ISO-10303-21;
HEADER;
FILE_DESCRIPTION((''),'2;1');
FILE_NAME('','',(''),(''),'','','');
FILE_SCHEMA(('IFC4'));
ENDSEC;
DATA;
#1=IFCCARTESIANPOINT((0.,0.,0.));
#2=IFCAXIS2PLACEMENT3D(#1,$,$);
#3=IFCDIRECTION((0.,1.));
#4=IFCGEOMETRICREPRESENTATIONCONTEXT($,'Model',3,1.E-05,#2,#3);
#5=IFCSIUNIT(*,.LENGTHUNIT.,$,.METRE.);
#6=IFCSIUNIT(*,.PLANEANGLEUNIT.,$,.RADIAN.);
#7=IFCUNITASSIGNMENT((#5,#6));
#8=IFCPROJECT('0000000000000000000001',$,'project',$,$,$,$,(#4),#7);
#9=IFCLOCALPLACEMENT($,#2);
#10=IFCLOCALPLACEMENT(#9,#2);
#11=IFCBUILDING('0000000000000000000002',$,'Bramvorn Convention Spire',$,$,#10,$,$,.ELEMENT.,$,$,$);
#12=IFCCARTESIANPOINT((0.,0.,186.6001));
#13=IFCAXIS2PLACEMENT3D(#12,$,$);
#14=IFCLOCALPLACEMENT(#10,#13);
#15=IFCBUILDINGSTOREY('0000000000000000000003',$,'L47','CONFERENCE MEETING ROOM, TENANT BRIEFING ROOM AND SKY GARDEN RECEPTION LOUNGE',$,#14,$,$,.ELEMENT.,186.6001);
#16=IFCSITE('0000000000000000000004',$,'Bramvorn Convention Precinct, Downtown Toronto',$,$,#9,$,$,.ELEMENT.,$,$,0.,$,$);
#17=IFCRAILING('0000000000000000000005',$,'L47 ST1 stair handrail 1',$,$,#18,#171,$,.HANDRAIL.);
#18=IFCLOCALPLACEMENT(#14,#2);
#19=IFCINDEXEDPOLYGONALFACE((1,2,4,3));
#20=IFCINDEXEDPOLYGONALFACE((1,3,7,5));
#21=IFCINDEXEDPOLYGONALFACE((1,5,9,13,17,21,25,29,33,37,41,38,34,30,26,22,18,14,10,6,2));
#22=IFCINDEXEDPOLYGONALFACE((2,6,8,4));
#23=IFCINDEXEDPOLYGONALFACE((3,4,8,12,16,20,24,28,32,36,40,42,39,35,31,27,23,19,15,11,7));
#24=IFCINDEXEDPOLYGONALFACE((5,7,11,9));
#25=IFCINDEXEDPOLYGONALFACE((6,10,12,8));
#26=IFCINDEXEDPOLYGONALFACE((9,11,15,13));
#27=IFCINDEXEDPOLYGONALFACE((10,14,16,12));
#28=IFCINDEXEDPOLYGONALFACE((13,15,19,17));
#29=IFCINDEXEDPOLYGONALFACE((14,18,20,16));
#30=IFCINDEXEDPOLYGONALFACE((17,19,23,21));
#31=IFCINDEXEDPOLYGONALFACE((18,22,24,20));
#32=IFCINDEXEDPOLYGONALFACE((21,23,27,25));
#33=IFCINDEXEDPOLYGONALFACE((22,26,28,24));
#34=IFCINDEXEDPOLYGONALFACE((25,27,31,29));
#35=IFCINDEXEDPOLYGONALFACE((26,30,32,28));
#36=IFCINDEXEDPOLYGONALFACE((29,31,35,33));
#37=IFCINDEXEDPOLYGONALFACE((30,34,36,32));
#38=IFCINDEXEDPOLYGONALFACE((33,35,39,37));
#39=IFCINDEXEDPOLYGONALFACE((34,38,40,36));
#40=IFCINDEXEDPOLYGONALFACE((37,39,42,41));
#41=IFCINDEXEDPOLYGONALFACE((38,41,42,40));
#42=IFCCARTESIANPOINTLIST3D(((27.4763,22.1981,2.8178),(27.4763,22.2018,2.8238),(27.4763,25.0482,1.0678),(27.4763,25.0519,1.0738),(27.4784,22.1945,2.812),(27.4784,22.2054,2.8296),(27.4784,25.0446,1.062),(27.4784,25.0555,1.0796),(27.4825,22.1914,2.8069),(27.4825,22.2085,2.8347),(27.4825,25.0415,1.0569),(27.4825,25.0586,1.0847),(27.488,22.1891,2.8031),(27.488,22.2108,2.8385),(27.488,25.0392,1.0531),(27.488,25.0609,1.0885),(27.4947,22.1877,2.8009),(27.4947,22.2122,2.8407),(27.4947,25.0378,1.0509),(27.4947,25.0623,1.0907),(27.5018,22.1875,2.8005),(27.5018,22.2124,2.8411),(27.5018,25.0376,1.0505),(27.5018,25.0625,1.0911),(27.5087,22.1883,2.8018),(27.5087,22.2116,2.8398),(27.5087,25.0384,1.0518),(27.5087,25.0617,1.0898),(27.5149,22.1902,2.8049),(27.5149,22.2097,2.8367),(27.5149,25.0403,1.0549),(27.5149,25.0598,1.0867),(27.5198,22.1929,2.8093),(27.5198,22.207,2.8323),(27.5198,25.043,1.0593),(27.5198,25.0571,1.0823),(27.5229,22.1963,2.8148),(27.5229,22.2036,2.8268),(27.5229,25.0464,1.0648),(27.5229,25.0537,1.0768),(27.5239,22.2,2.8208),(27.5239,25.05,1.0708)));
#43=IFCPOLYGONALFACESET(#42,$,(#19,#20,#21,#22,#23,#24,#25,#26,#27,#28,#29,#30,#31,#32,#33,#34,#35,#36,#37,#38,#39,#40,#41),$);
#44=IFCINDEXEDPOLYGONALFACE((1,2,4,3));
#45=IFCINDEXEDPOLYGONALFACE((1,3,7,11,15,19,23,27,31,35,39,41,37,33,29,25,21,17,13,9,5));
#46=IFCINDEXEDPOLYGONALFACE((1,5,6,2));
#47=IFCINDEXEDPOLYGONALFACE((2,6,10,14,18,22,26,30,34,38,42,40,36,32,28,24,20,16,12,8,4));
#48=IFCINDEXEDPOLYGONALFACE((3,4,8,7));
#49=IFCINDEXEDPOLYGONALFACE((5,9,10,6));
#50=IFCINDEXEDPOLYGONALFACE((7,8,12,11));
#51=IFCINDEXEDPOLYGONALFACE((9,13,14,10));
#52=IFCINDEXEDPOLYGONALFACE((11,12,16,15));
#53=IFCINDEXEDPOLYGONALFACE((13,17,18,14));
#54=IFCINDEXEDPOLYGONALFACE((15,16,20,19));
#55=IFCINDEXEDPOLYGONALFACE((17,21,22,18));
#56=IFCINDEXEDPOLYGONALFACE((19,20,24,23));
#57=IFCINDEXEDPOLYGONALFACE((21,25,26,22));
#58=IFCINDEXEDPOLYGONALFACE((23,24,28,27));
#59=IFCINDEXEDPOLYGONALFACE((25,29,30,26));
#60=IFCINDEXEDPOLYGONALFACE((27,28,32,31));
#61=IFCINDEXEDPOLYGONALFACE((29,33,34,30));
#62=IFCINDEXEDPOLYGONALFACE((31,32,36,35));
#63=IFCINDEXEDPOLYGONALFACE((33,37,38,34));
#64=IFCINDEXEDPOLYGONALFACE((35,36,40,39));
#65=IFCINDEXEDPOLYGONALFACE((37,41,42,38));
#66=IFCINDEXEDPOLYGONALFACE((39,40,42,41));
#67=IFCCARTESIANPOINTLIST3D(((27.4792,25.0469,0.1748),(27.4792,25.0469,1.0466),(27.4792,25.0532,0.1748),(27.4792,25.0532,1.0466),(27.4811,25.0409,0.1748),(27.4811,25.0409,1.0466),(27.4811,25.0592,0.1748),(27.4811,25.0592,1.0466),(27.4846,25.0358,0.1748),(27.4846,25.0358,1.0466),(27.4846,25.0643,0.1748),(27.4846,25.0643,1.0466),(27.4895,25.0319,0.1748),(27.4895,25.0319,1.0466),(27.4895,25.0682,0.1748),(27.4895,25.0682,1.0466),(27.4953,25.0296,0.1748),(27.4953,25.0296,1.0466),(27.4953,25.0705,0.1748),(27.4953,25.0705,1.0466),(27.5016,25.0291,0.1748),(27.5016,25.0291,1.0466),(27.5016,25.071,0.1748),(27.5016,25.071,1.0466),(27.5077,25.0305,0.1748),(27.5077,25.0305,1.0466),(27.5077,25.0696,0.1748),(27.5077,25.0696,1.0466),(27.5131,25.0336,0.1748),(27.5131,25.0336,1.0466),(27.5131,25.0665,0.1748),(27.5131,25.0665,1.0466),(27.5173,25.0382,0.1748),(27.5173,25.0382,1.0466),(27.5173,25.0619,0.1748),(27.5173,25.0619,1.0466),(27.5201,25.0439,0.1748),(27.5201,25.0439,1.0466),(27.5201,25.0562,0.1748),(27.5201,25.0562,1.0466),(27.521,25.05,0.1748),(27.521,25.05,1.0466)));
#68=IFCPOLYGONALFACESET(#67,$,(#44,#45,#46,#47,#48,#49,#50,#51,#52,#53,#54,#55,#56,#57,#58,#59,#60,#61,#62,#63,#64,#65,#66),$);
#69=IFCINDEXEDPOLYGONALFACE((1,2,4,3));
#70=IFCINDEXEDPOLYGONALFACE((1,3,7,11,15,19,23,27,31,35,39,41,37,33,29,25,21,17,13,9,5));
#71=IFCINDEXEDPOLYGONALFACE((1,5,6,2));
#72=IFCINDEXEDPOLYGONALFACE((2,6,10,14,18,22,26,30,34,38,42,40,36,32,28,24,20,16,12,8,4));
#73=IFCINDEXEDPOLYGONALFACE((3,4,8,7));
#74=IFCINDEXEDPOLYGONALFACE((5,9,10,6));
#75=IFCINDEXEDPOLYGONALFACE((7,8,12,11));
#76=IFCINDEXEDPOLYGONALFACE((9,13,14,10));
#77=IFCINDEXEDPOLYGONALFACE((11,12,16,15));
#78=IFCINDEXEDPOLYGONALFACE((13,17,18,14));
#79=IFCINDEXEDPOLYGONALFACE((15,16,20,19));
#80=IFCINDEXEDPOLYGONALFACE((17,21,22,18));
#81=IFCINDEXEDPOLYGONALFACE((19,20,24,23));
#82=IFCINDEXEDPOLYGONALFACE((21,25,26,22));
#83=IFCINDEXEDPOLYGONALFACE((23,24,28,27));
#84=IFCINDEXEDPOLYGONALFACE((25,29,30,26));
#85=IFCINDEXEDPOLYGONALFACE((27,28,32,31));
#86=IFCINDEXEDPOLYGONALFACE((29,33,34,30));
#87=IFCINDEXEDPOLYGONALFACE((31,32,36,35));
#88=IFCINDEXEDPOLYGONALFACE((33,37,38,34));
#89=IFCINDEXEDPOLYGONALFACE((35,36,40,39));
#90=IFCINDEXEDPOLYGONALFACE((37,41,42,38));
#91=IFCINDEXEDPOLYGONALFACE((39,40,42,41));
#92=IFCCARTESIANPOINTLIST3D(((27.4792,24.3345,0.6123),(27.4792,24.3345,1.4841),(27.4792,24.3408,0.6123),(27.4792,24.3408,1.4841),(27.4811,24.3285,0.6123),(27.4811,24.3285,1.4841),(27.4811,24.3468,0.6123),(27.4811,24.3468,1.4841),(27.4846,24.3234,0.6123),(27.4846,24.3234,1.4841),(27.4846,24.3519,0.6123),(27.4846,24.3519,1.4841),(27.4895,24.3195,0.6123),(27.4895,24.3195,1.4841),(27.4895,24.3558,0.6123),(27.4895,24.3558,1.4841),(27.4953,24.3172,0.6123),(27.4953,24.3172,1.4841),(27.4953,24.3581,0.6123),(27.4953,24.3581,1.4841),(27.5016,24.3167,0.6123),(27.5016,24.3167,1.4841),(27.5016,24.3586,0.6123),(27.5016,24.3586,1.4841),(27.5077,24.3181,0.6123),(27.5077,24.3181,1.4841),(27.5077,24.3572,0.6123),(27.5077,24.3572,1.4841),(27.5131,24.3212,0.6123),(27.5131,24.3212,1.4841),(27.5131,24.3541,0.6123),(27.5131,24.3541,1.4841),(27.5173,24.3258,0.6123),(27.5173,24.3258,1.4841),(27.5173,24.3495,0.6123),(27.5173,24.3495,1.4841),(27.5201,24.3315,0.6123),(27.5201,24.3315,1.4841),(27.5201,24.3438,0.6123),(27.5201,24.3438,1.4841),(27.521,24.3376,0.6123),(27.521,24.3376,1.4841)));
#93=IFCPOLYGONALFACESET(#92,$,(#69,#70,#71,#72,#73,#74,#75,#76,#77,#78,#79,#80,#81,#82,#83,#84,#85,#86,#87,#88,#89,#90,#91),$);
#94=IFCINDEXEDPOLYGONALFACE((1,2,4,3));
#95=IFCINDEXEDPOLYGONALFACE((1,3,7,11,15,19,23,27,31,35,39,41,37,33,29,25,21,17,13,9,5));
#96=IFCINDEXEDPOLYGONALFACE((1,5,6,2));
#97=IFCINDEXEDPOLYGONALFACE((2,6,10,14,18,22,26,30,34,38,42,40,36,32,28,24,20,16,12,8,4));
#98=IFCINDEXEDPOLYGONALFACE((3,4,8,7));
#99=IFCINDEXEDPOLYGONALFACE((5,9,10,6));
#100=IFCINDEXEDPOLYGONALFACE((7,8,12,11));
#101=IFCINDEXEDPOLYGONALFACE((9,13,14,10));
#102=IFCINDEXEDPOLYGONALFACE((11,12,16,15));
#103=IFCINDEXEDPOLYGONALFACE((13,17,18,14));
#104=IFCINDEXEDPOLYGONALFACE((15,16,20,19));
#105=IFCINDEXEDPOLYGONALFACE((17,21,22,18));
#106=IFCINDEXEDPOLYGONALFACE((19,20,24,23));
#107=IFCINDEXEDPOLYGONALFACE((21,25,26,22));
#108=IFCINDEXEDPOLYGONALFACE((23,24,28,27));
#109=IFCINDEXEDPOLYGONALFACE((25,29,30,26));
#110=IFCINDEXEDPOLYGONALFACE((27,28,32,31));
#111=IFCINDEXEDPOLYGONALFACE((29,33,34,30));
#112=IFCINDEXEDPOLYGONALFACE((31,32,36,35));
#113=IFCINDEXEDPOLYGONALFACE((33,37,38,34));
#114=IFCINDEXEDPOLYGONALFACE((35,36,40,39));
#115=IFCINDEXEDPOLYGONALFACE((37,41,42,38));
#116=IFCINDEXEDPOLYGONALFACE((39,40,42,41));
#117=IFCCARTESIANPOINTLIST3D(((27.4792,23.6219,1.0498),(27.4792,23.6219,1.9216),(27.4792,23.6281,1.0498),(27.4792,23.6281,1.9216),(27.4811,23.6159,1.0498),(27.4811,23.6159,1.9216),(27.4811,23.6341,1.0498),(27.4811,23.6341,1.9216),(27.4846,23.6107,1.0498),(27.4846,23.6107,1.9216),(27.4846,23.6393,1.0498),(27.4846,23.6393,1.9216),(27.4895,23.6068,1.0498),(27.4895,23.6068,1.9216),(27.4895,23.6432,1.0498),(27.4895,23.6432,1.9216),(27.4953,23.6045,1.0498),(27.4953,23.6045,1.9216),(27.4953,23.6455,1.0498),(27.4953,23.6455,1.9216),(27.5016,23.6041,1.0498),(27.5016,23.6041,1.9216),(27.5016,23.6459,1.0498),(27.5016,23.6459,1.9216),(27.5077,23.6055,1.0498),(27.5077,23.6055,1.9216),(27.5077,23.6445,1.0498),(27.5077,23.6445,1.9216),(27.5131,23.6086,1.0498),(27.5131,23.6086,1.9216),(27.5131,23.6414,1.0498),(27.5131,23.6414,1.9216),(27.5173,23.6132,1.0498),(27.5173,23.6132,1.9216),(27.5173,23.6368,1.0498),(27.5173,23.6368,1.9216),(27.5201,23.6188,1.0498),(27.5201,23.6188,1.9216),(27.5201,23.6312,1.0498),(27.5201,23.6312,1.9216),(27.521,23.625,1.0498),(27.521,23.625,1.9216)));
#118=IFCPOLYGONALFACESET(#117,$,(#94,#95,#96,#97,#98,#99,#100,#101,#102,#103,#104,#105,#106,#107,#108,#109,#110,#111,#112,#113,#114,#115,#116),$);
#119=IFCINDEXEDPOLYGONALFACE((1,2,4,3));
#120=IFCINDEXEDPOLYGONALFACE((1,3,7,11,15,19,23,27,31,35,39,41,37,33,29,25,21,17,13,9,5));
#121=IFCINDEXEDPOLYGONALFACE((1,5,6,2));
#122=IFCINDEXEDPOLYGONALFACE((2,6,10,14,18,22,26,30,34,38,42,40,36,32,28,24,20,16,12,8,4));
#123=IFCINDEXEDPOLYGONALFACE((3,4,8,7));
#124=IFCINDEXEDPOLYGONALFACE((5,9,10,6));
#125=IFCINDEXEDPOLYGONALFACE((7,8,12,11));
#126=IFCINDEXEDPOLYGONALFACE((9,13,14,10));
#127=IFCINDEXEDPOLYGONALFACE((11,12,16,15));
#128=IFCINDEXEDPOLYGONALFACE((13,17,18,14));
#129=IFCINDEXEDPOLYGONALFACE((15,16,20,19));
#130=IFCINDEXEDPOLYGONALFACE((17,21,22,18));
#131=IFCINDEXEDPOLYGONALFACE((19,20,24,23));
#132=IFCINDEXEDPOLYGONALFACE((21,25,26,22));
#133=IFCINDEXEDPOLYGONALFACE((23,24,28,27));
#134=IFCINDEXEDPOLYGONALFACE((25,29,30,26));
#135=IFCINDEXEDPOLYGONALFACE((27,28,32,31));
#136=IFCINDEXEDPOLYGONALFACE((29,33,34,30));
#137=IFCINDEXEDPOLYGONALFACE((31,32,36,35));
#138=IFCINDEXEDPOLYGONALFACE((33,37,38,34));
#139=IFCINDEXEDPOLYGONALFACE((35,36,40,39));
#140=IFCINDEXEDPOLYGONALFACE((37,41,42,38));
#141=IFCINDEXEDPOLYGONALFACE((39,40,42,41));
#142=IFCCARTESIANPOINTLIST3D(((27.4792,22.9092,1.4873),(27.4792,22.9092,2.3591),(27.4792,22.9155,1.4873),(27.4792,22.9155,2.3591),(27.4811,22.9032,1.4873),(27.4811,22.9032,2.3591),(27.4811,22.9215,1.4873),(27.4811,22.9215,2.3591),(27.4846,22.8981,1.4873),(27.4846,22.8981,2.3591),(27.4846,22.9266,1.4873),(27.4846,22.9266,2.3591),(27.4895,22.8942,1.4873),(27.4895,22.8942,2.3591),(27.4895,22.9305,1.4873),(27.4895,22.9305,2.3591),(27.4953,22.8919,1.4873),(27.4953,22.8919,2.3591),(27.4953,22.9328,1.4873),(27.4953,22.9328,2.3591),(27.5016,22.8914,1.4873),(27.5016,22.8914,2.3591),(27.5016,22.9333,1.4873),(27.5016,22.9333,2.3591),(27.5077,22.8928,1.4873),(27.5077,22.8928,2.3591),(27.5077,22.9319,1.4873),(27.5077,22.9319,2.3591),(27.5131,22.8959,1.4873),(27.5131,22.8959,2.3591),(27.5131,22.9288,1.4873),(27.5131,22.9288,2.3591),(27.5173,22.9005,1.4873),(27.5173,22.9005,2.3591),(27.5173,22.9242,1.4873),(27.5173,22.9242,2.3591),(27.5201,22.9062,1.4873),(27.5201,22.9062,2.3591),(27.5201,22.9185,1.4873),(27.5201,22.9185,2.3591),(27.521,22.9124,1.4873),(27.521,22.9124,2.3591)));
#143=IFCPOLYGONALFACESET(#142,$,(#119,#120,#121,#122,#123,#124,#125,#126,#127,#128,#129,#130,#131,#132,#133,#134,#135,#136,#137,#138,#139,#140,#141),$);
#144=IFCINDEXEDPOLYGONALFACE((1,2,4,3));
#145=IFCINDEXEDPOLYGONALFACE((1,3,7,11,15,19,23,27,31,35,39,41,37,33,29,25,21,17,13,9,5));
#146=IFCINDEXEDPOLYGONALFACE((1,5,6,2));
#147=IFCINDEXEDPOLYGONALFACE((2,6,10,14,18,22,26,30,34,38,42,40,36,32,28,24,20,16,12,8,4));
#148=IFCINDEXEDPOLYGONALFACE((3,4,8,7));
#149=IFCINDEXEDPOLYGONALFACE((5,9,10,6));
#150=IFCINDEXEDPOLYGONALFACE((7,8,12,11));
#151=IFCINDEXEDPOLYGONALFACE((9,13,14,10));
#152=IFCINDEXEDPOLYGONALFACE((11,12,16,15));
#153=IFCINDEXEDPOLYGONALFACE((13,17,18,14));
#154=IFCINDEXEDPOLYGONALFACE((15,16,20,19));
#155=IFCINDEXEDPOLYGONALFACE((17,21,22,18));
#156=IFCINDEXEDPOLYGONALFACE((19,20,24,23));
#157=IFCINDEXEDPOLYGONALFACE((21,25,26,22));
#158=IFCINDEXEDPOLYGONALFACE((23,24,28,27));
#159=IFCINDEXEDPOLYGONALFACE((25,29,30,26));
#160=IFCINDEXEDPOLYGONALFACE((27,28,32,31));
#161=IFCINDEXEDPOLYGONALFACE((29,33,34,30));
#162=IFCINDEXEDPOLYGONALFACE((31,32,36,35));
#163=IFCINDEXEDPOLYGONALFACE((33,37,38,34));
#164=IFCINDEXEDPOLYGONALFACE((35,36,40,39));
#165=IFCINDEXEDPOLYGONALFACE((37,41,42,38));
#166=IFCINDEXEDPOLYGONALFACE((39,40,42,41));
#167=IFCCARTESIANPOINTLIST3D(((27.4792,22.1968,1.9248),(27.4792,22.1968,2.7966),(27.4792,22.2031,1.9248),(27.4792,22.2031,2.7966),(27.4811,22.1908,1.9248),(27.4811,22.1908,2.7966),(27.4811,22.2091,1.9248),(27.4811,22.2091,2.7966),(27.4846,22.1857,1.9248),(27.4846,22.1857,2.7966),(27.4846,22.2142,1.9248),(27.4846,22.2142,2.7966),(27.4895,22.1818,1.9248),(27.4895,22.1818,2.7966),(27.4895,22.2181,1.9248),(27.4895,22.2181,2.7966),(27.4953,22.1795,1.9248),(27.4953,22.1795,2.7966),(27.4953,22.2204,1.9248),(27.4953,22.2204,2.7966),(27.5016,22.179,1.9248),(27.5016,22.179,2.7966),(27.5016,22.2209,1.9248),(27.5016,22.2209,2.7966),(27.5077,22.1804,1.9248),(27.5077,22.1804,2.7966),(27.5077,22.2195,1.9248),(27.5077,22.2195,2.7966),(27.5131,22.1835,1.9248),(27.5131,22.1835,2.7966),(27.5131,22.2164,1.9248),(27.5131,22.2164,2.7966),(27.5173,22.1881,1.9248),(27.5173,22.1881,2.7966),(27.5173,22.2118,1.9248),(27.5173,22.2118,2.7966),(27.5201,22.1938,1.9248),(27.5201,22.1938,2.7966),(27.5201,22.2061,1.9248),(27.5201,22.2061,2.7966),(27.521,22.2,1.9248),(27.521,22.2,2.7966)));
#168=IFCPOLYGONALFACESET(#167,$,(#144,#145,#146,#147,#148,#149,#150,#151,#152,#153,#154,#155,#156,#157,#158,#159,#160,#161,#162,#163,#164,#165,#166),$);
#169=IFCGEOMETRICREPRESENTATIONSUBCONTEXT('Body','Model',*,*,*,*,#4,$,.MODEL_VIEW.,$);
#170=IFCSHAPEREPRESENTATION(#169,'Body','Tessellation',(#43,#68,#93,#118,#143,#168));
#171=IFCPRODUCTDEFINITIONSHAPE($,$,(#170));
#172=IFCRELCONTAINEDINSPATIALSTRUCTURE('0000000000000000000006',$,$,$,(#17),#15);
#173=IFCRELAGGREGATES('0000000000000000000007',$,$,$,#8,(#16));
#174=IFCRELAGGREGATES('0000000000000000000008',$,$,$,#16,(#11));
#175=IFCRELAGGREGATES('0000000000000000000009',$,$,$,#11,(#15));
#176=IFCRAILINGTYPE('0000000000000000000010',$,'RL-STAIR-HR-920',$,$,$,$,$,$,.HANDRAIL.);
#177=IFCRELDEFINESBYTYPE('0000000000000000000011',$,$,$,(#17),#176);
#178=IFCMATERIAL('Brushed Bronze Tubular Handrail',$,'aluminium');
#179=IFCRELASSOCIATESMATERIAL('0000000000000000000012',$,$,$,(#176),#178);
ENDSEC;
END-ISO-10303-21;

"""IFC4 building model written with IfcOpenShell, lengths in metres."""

from ifc_helpers import new_model, si_unit, direction, frame, origin, origin_2d, place, context, subcontext, project, spatial, circle, extrude, material, type_object, element, save


model = new_model("IFC4")

# Units and contexts
model_context = context("Model", 3, precision=1e-05, world=origin(), true_north=direction((0.0, 1.0)))
body_context = subcontext(model_context, "Body", "Model", "MODEL_VIEW")
ifc_project = project(units=[si_unit("LENGTHUNIT", "METRE"), si_unit("PLANEANGLEUNIT", "RADIAN")], contexts=[model_context])

# Site, building, storey
site_placement = place(None, origin())
site = spatial("IfcSite", under=ifc_project, at=site_placement, Name="Bramvorn Convention Precinct, Downtown Toronto", CompositionType="ELEMENT", RefElevation=0.0)
building_placement = place(site_placement, origin())
building = spatial("IfcBuilding", under=site, at=building_placement, Name="Bramvorn Convention Spire", CompositionType="ELEMENT")
storey_placement = place(building_placement, frame((0.0, 0.0, 186.6001)))
storey = spatial("IfcBuildingStorey", under=building, at=storey_placement, Name="L47", Description="CONFERENCE MEETING ROOM, TENANT BRIEFING ROOM AND SKY GARDEN RECEPTION LOUNGE", CompositionType="ELEMENT", Elevation=186.6001)

# Railing
ifc_material_1 = material(Name="Brushed Bronze Tubular Handrail", Category="aluminium")
railing_type_1 = type_object("IfcRailingType", Name="RL-STAIR-HR-920", PredefinedType="HANDRAIL", material=ifc_material_1)
railing_1_placement = place(storey_placement, frame((27.5, 25.05, 0.1748)))
element("IfcRailing", 1, at=railing_1_placement, inside=storey, type_object=railing_type_1, Name="L47 ST1 stair handrail 1", PredefinedType="HANDRAIL", context=body_context, shape_type="SweptSolid", body=[
    extrude(circle(Radius=0.0239, at=origin_2d()), frame((0.0, 0.0, 0.896), z_axis=(0.0, -0.852179, 0.52325), x_axis=(1.0, 0.0, 0.0)), (0.0, 0.0, 1.0), 3.3445),
    extrude(circle(Radius=0.021, at=origin_2d()), origin(), (0.0, 0.0, 1.0), 0.8718),
    extrude(circle(Radius=0.021, at=origin_2d()), frame((0.0, -0.7124, 0.4375)), (0.0, 0.0, 1.0), 0.8718),
    extrude(circle(Radius=0.021, at=origin_2d()), frame((0.0, -1.425, 0.875)), (0.0, 0.0, 1.0), 0.8718),
    extrude(circle(Radius=0.021, at=origin_2d()), frame((0.0, -2.1377, 1.3125)), (0.0, 0.0, 1.0), 0.8718),
    extrude(circle(Radius=0.021, at=origin_2d()), frame((0.0, -2.8501, 1.75)), (0.0, 0.0, 1.0), 0.8718),
])

save(model, "model.ifc")
